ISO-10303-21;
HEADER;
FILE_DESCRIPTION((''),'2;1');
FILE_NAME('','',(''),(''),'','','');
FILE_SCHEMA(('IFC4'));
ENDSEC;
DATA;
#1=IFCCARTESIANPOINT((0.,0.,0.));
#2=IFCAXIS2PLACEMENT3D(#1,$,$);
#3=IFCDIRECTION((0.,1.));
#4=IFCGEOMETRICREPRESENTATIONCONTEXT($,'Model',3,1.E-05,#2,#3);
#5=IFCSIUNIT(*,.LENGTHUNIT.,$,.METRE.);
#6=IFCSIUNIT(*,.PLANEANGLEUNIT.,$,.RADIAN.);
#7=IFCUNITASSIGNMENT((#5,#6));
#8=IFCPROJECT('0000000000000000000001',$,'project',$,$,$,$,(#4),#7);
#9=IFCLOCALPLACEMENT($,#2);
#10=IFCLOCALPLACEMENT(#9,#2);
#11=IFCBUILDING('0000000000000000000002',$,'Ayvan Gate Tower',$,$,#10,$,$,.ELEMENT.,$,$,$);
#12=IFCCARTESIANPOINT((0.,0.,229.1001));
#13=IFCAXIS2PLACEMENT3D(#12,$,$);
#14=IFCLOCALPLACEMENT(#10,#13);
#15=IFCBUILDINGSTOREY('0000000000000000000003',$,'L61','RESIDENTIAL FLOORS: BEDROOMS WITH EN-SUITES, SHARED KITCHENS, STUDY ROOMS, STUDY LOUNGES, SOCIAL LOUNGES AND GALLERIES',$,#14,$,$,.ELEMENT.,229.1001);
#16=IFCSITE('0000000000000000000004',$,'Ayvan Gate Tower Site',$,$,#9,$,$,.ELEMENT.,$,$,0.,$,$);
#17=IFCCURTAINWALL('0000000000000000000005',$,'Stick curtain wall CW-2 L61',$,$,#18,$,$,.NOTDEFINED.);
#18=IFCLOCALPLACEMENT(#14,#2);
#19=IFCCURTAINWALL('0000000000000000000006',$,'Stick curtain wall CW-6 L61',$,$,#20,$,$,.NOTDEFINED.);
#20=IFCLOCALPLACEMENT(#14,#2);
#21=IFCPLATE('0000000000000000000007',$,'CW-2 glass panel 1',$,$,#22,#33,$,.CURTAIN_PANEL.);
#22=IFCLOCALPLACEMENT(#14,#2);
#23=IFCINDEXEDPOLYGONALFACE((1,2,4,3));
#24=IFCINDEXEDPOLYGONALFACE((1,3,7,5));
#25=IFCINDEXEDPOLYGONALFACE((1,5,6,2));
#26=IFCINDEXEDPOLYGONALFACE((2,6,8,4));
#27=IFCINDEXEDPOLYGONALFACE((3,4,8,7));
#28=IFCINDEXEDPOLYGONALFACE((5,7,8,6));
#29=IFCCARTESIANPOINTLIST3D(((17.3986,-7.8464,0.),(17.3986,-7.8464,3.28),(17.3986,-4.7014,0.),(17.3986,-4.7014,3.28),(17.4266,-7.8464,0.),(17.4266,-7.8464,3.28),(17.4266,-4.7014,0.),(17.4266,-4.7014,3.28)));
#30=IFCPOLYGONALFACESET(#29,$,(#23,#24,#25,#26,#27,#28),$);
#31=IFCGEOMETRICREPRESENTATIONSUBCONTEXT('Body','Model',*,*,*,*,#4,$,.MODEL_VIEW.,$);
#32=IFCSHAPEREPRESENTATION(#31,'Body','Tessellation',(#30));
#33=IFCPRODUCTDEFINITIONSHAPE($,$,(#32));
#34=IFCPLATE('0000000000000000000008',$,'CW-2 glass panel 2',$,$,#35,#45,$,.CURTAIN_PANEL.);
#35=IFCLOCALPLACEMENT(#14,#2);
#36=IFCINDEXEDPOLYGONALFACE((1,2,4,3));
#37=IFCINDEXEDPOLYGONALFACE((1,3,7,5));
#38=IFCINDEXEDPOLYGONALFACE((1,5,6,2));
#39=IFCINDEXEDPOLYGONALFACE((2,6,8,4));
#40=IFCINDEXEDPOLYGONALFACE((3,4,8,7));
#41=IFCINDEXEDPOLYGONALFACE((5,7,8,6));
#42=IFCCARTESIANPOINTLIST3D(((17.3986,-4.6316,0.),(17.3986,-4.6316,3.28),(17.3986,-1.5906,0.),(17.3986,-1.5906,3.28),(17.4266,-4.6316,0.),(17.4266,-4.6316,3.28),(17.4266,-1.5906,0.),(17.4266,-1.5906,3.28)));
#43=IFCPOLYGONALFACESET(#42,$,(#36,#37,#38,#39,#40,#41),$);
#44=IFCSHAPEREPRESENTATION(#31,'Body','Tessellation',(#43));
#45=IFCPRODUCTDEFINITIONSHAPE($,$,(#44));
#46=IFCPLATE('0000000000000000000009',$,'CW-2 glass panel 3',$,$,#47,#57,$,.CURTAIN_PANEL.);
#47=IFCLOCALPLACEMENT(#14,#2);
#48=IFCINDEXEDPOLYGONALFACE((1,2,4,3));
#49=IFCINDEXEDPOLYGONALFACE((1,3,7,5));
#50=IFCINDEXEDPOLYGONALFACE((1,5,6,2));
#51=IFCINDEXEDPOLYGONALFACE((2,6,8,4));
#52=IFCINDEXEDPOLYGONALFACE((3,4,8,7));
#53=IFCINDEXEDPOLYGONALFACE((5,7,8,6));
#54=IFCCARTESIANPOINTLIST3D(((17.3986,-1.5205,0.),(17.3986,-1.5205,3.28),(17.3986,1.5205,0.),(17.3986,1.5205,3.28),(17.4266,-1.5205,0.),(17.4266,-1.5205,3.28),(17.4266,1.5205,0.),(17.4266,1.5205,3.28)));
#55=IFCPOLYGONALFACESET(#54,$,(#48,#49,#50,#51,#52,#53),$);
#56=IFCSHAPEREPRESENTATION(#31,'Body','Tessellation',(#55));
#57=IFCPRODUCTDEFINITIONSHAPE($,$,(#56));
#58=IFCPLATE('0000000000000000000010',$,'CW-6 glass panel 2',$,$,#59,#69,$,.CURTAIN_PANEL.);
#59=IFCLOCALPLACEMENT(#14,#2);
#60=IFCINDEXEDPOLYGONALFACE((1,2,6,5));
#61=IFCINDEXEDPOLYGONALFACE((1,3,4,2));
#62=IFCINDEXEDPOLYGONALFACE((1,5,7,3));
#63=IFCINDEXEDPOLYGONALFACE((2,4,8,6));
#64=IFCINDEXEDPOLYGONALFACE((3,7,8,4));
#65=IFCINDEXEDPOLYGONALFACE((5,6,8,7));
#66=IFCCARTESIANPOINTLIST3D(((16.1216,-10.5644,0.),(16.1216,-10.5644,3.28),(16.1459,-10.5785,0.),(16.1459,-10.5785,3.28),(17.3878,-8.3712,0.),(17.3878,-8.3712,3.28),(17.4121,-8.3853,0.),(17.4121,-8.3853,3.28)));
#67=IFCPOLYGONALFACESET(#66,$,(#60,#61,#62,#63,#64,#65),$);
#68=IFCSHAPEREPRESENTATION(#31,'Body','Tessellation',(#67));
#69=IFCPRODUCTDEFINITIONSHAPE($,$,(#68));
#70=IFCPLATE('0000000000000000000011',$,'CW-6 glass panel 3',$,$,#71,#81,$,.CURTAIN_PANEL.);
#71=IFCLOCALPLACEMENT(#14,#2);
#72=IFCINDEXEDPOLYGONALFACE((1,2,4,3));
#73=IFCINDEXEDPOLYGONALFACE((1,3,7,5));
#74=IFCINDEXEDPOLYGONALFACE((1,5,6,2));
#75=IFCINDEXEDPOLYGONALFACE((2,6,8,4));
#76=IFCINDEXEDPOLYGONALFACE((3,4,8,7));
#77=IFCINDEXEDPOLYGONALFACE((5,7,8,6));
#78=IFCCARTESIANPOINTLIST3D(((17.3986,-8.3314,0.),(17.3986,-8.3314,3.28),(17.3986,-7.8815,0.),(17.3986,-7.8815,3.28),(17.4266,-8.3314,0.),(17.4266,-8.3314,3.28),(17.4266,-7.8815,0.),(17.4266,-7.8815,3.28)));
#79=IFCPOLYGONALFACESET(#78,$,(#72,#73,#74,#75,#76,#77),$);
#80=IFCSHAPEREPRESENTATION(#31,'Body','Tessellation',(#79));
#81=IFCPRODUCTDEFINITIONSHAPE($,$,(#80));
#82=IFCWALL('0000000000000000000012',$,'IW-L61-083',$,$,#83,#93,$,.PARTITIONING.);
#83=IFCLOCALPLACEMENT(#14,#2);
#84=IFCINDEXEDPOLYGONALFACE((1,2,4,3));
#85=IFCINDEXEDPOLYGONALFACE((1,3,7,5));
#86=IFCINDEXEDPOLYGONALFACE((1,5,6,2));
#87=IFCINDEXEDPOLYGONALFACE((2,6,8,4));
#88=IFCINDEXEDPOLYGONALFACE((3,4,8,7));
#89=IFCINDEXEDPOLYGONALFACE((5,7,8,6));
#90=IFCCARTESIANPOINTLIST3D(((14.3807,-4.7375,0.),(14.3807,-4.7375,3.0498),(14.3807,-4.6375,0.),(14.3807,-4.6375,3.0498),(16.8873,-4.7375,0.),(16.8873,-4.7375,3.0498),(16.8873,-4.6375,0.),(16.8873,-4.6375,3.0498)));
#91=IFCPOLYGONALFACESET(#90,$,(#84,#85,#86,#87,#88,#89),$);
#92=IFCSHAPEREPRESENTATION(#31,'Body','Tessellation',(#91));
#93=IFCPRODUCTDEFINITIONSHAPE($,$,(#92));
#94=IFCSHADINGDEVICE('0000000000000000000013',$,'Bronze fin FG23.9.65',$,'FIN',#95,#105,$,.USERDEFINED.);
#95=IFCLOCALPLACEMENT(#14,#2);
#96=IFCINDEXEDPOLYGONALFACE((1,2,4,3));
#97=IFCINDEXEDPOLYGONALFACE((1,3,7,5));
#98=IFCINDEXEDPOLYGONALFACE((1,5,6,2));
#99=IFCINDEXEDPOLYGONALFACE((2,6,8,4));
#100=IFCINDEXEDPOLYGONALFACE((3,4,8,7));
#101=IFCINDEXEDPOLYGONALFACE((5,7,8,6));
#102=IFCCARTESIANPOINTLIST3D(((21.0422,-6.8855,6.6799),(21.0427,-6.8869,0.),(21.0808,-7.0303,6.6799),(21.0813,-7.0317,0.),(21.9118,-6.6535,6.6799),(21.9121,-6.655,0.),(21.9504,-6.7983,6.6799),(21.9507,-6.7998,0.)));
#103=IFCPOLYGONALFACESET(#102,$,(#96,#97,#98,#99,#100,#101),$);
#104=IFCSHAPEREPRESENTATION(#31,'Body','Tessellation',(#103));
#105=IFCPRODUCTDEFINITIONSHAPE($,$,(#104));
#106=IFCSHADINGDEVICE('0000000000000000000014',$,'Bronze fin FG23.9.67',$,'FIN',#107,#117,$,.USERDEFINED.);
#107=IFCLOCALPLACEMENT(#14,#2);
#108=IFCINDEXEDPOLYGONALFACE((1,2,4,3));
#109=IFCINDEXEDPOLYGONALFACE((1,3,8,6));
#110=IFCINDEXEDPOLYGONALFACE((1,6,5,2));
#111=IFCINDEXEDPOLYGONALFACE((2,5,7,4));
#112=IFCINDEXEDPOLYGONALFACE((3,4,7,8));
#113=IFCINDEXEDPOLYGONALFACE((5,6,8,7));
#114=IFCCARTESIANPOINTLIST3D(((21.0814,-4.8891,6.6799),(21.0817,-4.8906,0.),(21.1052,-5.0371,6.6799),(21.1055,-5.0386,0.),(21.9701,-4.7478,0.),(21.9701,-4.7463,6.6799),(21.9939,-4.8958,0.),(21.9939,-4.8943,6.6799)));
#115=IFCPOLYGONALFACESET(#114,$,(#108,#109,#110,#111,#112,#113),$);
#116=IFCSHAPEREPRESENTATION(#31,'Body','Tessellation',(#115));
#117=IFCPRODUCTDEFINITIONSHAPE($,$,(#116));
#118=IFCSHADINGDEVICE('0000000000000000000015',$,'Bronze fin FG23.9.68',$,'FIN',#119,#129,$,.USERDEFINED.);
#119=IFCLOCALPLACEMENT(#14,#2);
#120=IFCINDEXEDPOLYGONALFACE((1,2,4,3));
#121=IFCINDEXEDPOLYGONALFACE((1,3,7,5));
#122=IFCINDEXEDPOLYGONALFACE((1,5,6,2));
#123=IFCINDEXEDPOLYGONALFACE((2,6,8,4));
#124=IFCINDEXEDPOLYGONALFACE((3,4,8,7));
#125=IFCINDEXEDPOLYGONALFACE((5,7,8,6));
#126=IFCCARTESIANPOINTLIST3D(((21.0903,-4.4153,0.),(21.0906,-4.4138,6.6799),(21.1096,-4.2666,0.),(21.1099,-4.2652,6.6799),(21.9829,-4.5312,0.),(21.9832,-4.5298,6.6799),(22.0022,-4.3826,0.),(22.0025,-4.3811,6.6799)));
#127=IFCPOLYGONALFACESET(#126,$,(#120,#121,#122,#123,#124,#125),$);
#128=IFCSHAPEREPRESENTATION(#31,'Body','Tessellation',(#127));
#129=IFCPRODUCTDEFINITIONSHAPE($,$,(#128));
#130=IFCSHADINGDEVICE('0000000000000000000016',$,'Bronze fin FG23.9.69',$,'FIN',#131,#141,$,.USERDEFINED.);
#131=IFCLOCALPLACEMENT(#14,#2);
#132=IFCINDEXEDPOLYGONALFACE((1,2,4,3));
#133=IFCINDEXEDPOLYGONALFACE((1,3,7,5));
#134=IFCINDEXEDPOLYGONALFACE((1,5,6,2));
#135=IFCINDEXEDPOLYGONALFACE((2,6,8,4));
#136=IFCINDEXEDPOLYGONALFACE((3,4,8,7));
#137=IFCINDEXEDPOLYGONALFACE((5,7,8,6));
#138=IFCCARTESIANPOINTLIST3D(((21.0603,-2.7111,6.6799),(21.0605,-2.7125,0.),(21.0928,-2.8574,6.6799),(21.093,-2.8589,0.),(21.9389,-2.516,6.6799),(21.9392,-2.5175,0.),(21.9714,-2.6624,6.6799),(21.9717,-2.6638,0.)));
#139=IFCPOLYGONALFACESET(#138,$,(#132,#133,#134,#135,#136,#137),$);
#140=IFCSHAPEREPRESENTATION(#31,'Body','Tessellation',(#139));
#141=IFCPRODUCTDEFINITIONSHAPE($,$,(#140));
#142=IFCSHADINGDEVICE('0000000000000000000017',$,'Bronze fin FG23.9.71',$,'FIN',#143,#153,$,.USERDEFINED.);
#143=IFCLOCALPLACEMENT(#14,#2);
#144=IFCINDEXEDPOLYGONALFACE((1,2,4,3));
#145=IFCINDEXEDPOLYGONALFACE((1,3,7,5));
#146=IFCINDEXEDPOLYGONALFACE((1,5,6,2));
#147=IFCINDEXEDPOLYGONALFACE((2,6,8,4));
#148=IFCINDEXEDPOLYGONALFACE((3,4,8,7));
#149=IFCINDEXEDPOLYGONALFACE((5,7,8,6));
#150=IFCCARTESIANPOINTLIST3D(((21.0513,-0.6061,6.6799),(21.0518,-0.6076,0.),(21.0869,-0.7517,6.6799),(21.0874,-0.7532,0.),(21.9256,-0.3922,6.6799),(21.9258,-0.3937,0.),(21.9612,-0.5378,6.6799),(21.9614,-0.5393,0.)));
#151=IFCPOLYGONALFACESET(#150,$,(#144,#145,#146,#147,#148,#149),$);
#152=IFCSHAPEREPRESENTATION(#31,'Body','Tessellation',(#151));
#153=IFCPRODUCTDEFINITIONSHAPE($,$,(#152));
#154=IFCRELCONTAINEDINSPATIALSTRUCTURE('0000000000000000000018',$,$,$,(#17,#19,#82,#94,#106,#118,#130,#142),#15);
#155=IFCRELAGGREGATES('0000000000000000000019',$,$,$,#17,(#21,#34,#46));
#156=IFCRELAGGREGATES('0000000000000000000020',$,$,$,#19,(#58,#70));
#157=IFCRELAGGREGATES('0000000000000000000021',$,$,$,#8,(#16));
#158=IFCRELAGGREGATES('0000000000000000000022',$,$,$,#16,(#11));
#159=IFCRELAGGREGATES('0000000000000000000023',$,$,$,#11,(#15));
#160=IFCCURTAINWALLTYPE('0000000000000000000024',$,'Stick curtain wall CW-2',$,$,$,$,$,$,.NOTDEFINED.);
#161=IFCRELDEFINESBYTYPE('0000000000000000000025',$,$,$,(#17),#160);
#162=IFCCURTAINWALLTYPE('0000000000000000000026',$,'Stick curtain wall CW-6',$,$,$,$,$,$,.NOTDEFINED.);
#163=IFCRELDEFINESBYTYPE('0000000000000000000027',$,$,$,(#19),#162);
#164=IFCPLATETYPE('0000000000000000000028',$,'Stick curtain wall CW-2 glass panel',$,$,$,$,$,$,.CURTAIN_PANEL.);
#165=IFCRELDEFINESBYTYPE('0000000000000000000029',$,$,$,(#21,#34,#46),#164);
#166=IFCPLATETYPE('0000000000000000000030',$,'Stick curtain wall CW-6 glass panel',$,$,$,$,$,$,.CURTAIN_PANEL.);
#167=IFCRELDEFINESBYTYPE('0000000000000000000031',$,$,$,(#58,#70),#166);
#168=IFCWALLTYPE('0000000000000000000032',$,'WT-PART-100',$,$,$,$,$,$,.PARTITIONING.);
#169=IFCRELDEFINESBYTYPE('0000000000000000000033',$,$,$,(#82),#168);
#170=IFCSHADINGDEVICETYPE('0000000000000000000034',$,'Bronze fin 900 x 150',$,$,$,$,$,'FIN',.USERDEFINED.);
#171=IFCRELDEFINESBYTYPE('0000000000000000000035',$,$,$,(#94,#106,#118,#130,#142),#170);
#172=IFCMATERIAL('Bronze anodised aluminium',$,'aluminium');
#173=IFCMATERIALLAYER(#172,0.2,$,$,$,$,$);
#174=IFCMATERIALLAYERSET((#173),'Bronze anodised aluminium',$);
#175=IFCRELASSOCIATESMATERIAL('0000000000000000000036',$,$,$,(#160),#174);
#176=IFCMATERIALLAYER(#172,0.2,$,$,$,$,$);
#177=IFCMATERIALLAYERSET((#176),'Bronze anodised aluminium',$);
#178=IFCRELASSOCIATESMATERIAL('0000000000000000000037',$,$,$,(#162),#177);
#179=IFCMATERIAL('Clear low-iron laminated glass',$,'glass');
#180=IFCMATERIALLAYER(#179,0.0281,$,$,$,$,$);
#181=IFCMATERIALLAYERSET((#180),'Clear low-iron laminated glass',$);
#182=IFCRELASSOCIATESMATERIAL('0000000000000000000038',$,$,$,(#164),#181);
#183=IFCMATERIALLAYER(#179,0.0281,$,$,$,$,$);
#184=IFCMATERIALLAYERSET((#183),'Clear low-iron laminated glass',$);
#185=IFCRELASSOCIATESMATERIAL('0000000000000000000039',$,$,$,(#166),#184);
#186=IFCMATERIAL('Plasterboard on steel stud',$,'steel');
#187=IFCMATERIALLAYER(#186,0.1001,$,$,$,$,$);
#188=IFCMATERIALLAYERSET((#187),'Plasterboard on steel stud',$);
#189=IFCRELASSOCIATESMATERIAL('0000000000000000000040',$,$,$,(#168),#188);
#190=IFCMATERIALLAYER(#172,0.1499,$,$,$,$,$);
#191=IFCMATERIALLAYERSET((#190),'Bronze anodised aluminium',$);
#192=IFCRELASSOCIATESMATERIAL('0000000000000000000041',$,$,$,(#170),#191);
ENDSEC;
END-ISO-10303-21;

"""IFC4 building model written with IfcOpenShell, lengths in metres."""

from ifc_helpers import new_model, si_unit, direction, frame, frame_2d, origin, origin_2d, place, context, subcontext, project, spatial, polyline, rectangle, outline, extrude, material, layer, layer_set, type_object, element, aggregate, save


model = new_model("IFC4")

# Units and contexts
model_context = context("Model", 3, precision=1e-05, world=origin(), true_north=direction((0.0, 1.0)))
body_context = subcontext(model_context, "Body", "Model", "MODEL_VIEW")
ifc_project = project(units=[si_unit("LENGTHUNIT", "METRE"), si_unit("PLANEANGLEUNIT", "RADIAN")], contexts=[model_context])

# Site, building, storey
site_placement = place(None, origin())
site = spatial("IfcSite", under=ifc_project, at=site_placement, Name="Ayvan Gate Tower Site", CompositionType="ELEMENT", RefElevation=0.0)
building_placement = place(site_placement, origin())
building = spatial("IfcBuilding", under=site, at=building_placement, Name="Ayvan Gate Tower", CompositionType="ELEMENT")
storey_placement = place(building_placement, frame((0.0, 0.0, 229.1001)))
storey = spatial("IfcBuildingStorey", under=building, at=storey_placement, Name="L61", Description="RESIDENTIAL FLOORS: BEDROOMS WITH EN-SUITES, SHARED KITCHENS, STUDY ROOMS, STUDY LOUNGES, SOCIAL LOUNGES AND GALLERIES", CompositionType="ELEMENT", Elevation=229.1001)

# Curtain walls
ifc_material_1 = material(Name="Bronze anodised aluminium", Category="aluminium")
ifc_layer_1 = layer(ifc_material_1, 0.2)
ifc_layer_set_1 = layer_set([ifc_layer_1], Name="Bronze anodised aluminium")
curtain_wall_type_1 = type_object("IfcCurtainWallType", Name="Stick curtain wall CW-2", PredefinedType="NOTDEFINED", material=ifc_layer_set_1)
curtain_wall_1_placement = place(storey_placement, origin())
curtain_wall_1 = element("IfcCurtainWall", 1, at=curtain_wall_1_placement, inside=storey, type_object=curtain_wall_type_1, Name="Stick curtain wall CW-2 L61", PredefinedType="NOTDEFINED")
ifc_layer_2 = layer(ifc_material_1, 0.2)
ifc_layer_set_2 = layer_set([ifc_layer_2], Name="Bronze anodised aluminium")
curtain_wall_type_2 = type_object("IfcCurtainWallType", Name="Stick curtain wall CW-6", PredefinedType="NOTDEFINED", material=ifc_layer_set_2)
curtain_wall_2_placement = place(storey_placement, origin())
curtain_wall_2 = element("IfcCurtainWall", 2, at=curtain_wall_2_placement, inside=storey, type_object=curtain_wall_type_2, Name="Stick curtain wall CW-6 L61", PredefinedType="NOTDEFINED")

# Plates
ifc_material_2 = material(Name="Clear low-iron laminated glass", Category="glass")
ifc_layer_3 = layer(ifc_material_2, 0.0281)
ifc_layer_set_3 = layer_set([ifc_layer_3], Name="Clear low-iron laminated glass")
plate_type_1 = type_object("IfcPlateType", Name="Stick curtain wall CW-2 glass panel", PredefinedType="CURTAIN_PANEL", material=ifc_layer_set_3)
plate_1_placement = place(storey_placement, frame((17.4126, -6.2739, 0.0), z_axis=(0.0, 0.0, 1.0), x_axis=(0.0, 1.0, 0.0)))
plate_1 = element("IfcPlate", 3, at=plate_1_placement, type_object=plate_type_1, Name="CW-2 glass panel 1", PredefinedType="CURTAIN_PANEL", context=body_context, shape_type="SweptSolid", body=[
    extrude(rectangle(XDim=3.145, YDim=0.0281, at=origin_2d()), origin(), (0.0, 0.0, 1.0), 3.28),
])
plate_2_placement = place(storey_placement, frame((17.4126, -3.1111, 0.0), z_axis=(0.0, 0.0, 1.0), x_axis=(0.0, 1.0, 0.0)))
plate_2 = element("IfcPlate", 4, at=plate_2_placement, type_object=plate_type_1, Name="CW-2 glass panel 2", PredefinedType="CURTAIN_PANEL", context=body_context, shape_type="SweptSolid", body=[
    extrude(rectangle(XDim=3.041, YDim=0.0281, at=origin_2d()), origin(), (0.0, 0.0, 1.0), 3.28),
])
plate_3_placement = place(storey_placement, frame((17.4126, 0.0, 0.0), z_axis=(0.0, 0.0, 1.0), x_axis=(0.0, 1.0, 0.0)))
plate_3 = element("IfcPlate", 5, at=plate_3_placement, type_object=plate_type_1, Name="CW-2 glass panel 3", PredefinedType="CURTAIN_PANEL", context=body_context, shape_type="SweptSolid", body=[
    extrude(rectangle(XDim=3.041, YDim=0.0281, at=origin_2d()), origin(), (0.0, 0.0, 1.0), 3.28),
])
aggregate(curtain_wall_1, [plate_1, plate_2, plate_3])
ifc_layer_4 = layer(ifc_material_2, 0.0281)
ifc_layer_set_4 = layer_set([ifc_layer_4], Name="Clear low-iron laminated glass")
plate_type_2 = type_object("IfcPlateType", Name="Stick curtain wall CW-6 glass panel", PredefinedType="CURTAIN_PANEL", material=ifc_layer_set_4)
plate_4_placement = place(storey_placement, frame((16.7668, -9.4749, 0.0), z_axis=(0.0, 0.0, 1.0), x_axis=(0.5, 0.866025, 0.0)))
plate_4 = element("IfcPlate", 6, at=plate_4_placement, type_object=plate_type_2, Name="CW-6 glass panel 2", PredefinedType="CURTAIN_PANEL", context=body_context, shape_type="SweptSolid", body=[
    extrude(rectangle(XDim=2.5325, YDim=0.0281, at=origin_2d()), origin(), (0.0, 0.0, 1.0), 3.28),
])
plate_5_placement = place(storey_placement, frame((17.4126, -8.1064, 0.0), z_axis=(0.0, 0.0, 1.0), x_axis=(0.0, 1.0, 0.0)))
plate_5 = element("IfcPlate", 7, at=plate_5_placement, type_object=plate_type_2, Name="CW-6 glass panel 3", PredefinedType="CURTAIN_PANEL", context=body_context, shape_type="SweptSolid", body=[
    extrude(rectangle(XDim=0.45, YDim=0.0281, at=origin_2d()), origin(), (0.0, 0.0, 1.0), 3.28),
])
aggregate(curtain_wall_2, [plate_4, plate_5])

# Wall
ifc_material_3 = material(Name="Plasterboard on steel stud", Category="steel")
ifc_layer_5 = layer(ifc_material_3, 0.1001)
ifc_layer_set_5 = layer_set([ifc_layer_5], Name="Plasterboard on steel stud")
wall_type = type_object("IfcWallType", Name="WT-PART-100", PredefinedType="PARTITIONING", material=ifc_layer_set_5)
wall_placement = place(storey_placement, frame((16.8875, -4.6875, 0.0), z_axis=(0.0, 0.0, 1.0), x_axis=(-1.0, 0.0, 0.0)))
element("IfcWall", 8, at=wall_placement, inside=storey, type_object=wall_type, Name="IW-L61-083", PredefinedType="PARTITIONING", context=body_context, shape_type="SweptSolid", body=[
    extrude(rectangle(XDim=2.5066, YDim=0.1001, at=frame_2d((1.2534, 0.0))), origin(), (0.0, 0.0, 1.0), 3.0498),
])

# Shading devices
ifc_layer_6 = layer(ifc_material_1, 0.1499)
ifc_layer_set_6 = layer_set([ifc_layer_6], Name="Bronze anodised aluminium")
shading_device_type = type_object("IfcShadingDeviceType", Name="Bronze fin 900 x 150", ElementType="FIN", PredefinedType="USERDEFINED", material=ifc_layer_set_6)
shading_device_1_placement = place(storey_placement, frame((21.0813, -7.0317, 0.0), z_axis=(0.25773, -0.966217, 0.000226), x_axis=(0.966217, 0.25773, 0.0)))
element("IfcShadingDevice", 9, at=shading_device_1_placement, inside=storey, type_object=shading_device_type, Name="Bronze fin FG23.9.65", ObjectType="FIN", PredefinedType="USERDEFINED", context=body_context, shape_type="SweptSolid", body=[
    extrude(outline(polyline([(0.0, 0.0), (0.8998, 0.0), (0.8999, 6.6799), (-0.0001, 6.6799), (0.0, 0.0)])), origin(), (0.0, 0.0, -1.0), 0.1499),
])
shading_device_2_placement = place(storey_placement, frame((21.1055, -5.0386, 0.0), z_axis=(0.158699, -0.987327, 0.000219), x_axis=(0.987327, 0.158699, 0.0)))
element("IfcShadingDevice", 10, at=shading_device_2_placement, inside=storey, type_object=shading_device_type, Name="Bronze fin FG23.9.67", ObjectType="FIN", PredefinedType="USERDEFINED", context=body_context, shape_type="SweptSolid", body=[
    extrude(outline(polyline([(0.0, 0.0), (0.8998, 0.0), (0.9001, 6.6799), (0.0, 6.6799), (0.0, 0.0)])), origin(), (0.0, 0.0, -1.0), 0.1499),
])
shading_device_3_placement = place(storey_placement, frame((21.0903, -4.4153, 0.0), z_axis=(-0.128841, -0.991665, 0.000222), x_axis=(0.991665, -0.128841, 0.0)))
element("IfcShadingDevice", 11, at=shading_device_3_placement, inside=storey, type_object=shading_device_type, Name="Bronze fin FG23.9.68", ObjectType="FIN", PredefinedType="USERDEFINED", context=body_context, shape_type="SweptSolid", body=[
    extrude(outline(polyline([(0.0, 0.0), (0.9001, 0.0), (0.9001, 6.6799), (0.0001, 6.6799), (0.0, 0.0)])), origin(), (0.0, 0.0, -1.0), 0.1499),
])
shading_device_4_placement = place(storey_placement, frame((21.093, -2.8589, 0.0), z_axis=(0.216729, -0.976232, 0.000222), x_axis=(0.976232, 0.216729, 0.0)))
element("IfcShadingDevice", 12, at=shading_device_4_placement, inside=storey, type_object=shading_device_type, Name="Bronze fin FG23.9.69", ObjectType="FIN", PredefinedType="USERDEFINED", context=body_context, shape_type="SweptSolid", body=[
    extrude(outline(polyline([(0.0, 0.0), (0.9001, 0.0), (0.9001, 6.6799), (0.0001, 6.6799), (0.0, 0.0)])), origin(), (0.0, 0.0, -1.0), 0.1499),
])
shading_device_5_placement = place(storey_placement, frame((21.0874, -0.7532, 0.0), z_axis=(0.237649, -0.971351, 0.000226), x_axis=(0.971351, 0.237649, 0.0)))
element("IfcShadingDevice", 13, at=shading_device_5_placement, inside=storey, type_object=shading_device_type, Name="Bronze fin FG23.9.71", ObjectType="FIN", PredefinedType="USERDEFINED", context=body_context, shape_type="SweptSolid", body=[
    extrude(outline(polyline([(0.0, 0.0), (0.8998, 0.0), (0.8999, 6.6799), (-0.0001, 6.6799), (0.0, 0.0)])), origin(), (0.0, 0.0, -1.0), 0.1499),
])

save(model, "model.ifc")
